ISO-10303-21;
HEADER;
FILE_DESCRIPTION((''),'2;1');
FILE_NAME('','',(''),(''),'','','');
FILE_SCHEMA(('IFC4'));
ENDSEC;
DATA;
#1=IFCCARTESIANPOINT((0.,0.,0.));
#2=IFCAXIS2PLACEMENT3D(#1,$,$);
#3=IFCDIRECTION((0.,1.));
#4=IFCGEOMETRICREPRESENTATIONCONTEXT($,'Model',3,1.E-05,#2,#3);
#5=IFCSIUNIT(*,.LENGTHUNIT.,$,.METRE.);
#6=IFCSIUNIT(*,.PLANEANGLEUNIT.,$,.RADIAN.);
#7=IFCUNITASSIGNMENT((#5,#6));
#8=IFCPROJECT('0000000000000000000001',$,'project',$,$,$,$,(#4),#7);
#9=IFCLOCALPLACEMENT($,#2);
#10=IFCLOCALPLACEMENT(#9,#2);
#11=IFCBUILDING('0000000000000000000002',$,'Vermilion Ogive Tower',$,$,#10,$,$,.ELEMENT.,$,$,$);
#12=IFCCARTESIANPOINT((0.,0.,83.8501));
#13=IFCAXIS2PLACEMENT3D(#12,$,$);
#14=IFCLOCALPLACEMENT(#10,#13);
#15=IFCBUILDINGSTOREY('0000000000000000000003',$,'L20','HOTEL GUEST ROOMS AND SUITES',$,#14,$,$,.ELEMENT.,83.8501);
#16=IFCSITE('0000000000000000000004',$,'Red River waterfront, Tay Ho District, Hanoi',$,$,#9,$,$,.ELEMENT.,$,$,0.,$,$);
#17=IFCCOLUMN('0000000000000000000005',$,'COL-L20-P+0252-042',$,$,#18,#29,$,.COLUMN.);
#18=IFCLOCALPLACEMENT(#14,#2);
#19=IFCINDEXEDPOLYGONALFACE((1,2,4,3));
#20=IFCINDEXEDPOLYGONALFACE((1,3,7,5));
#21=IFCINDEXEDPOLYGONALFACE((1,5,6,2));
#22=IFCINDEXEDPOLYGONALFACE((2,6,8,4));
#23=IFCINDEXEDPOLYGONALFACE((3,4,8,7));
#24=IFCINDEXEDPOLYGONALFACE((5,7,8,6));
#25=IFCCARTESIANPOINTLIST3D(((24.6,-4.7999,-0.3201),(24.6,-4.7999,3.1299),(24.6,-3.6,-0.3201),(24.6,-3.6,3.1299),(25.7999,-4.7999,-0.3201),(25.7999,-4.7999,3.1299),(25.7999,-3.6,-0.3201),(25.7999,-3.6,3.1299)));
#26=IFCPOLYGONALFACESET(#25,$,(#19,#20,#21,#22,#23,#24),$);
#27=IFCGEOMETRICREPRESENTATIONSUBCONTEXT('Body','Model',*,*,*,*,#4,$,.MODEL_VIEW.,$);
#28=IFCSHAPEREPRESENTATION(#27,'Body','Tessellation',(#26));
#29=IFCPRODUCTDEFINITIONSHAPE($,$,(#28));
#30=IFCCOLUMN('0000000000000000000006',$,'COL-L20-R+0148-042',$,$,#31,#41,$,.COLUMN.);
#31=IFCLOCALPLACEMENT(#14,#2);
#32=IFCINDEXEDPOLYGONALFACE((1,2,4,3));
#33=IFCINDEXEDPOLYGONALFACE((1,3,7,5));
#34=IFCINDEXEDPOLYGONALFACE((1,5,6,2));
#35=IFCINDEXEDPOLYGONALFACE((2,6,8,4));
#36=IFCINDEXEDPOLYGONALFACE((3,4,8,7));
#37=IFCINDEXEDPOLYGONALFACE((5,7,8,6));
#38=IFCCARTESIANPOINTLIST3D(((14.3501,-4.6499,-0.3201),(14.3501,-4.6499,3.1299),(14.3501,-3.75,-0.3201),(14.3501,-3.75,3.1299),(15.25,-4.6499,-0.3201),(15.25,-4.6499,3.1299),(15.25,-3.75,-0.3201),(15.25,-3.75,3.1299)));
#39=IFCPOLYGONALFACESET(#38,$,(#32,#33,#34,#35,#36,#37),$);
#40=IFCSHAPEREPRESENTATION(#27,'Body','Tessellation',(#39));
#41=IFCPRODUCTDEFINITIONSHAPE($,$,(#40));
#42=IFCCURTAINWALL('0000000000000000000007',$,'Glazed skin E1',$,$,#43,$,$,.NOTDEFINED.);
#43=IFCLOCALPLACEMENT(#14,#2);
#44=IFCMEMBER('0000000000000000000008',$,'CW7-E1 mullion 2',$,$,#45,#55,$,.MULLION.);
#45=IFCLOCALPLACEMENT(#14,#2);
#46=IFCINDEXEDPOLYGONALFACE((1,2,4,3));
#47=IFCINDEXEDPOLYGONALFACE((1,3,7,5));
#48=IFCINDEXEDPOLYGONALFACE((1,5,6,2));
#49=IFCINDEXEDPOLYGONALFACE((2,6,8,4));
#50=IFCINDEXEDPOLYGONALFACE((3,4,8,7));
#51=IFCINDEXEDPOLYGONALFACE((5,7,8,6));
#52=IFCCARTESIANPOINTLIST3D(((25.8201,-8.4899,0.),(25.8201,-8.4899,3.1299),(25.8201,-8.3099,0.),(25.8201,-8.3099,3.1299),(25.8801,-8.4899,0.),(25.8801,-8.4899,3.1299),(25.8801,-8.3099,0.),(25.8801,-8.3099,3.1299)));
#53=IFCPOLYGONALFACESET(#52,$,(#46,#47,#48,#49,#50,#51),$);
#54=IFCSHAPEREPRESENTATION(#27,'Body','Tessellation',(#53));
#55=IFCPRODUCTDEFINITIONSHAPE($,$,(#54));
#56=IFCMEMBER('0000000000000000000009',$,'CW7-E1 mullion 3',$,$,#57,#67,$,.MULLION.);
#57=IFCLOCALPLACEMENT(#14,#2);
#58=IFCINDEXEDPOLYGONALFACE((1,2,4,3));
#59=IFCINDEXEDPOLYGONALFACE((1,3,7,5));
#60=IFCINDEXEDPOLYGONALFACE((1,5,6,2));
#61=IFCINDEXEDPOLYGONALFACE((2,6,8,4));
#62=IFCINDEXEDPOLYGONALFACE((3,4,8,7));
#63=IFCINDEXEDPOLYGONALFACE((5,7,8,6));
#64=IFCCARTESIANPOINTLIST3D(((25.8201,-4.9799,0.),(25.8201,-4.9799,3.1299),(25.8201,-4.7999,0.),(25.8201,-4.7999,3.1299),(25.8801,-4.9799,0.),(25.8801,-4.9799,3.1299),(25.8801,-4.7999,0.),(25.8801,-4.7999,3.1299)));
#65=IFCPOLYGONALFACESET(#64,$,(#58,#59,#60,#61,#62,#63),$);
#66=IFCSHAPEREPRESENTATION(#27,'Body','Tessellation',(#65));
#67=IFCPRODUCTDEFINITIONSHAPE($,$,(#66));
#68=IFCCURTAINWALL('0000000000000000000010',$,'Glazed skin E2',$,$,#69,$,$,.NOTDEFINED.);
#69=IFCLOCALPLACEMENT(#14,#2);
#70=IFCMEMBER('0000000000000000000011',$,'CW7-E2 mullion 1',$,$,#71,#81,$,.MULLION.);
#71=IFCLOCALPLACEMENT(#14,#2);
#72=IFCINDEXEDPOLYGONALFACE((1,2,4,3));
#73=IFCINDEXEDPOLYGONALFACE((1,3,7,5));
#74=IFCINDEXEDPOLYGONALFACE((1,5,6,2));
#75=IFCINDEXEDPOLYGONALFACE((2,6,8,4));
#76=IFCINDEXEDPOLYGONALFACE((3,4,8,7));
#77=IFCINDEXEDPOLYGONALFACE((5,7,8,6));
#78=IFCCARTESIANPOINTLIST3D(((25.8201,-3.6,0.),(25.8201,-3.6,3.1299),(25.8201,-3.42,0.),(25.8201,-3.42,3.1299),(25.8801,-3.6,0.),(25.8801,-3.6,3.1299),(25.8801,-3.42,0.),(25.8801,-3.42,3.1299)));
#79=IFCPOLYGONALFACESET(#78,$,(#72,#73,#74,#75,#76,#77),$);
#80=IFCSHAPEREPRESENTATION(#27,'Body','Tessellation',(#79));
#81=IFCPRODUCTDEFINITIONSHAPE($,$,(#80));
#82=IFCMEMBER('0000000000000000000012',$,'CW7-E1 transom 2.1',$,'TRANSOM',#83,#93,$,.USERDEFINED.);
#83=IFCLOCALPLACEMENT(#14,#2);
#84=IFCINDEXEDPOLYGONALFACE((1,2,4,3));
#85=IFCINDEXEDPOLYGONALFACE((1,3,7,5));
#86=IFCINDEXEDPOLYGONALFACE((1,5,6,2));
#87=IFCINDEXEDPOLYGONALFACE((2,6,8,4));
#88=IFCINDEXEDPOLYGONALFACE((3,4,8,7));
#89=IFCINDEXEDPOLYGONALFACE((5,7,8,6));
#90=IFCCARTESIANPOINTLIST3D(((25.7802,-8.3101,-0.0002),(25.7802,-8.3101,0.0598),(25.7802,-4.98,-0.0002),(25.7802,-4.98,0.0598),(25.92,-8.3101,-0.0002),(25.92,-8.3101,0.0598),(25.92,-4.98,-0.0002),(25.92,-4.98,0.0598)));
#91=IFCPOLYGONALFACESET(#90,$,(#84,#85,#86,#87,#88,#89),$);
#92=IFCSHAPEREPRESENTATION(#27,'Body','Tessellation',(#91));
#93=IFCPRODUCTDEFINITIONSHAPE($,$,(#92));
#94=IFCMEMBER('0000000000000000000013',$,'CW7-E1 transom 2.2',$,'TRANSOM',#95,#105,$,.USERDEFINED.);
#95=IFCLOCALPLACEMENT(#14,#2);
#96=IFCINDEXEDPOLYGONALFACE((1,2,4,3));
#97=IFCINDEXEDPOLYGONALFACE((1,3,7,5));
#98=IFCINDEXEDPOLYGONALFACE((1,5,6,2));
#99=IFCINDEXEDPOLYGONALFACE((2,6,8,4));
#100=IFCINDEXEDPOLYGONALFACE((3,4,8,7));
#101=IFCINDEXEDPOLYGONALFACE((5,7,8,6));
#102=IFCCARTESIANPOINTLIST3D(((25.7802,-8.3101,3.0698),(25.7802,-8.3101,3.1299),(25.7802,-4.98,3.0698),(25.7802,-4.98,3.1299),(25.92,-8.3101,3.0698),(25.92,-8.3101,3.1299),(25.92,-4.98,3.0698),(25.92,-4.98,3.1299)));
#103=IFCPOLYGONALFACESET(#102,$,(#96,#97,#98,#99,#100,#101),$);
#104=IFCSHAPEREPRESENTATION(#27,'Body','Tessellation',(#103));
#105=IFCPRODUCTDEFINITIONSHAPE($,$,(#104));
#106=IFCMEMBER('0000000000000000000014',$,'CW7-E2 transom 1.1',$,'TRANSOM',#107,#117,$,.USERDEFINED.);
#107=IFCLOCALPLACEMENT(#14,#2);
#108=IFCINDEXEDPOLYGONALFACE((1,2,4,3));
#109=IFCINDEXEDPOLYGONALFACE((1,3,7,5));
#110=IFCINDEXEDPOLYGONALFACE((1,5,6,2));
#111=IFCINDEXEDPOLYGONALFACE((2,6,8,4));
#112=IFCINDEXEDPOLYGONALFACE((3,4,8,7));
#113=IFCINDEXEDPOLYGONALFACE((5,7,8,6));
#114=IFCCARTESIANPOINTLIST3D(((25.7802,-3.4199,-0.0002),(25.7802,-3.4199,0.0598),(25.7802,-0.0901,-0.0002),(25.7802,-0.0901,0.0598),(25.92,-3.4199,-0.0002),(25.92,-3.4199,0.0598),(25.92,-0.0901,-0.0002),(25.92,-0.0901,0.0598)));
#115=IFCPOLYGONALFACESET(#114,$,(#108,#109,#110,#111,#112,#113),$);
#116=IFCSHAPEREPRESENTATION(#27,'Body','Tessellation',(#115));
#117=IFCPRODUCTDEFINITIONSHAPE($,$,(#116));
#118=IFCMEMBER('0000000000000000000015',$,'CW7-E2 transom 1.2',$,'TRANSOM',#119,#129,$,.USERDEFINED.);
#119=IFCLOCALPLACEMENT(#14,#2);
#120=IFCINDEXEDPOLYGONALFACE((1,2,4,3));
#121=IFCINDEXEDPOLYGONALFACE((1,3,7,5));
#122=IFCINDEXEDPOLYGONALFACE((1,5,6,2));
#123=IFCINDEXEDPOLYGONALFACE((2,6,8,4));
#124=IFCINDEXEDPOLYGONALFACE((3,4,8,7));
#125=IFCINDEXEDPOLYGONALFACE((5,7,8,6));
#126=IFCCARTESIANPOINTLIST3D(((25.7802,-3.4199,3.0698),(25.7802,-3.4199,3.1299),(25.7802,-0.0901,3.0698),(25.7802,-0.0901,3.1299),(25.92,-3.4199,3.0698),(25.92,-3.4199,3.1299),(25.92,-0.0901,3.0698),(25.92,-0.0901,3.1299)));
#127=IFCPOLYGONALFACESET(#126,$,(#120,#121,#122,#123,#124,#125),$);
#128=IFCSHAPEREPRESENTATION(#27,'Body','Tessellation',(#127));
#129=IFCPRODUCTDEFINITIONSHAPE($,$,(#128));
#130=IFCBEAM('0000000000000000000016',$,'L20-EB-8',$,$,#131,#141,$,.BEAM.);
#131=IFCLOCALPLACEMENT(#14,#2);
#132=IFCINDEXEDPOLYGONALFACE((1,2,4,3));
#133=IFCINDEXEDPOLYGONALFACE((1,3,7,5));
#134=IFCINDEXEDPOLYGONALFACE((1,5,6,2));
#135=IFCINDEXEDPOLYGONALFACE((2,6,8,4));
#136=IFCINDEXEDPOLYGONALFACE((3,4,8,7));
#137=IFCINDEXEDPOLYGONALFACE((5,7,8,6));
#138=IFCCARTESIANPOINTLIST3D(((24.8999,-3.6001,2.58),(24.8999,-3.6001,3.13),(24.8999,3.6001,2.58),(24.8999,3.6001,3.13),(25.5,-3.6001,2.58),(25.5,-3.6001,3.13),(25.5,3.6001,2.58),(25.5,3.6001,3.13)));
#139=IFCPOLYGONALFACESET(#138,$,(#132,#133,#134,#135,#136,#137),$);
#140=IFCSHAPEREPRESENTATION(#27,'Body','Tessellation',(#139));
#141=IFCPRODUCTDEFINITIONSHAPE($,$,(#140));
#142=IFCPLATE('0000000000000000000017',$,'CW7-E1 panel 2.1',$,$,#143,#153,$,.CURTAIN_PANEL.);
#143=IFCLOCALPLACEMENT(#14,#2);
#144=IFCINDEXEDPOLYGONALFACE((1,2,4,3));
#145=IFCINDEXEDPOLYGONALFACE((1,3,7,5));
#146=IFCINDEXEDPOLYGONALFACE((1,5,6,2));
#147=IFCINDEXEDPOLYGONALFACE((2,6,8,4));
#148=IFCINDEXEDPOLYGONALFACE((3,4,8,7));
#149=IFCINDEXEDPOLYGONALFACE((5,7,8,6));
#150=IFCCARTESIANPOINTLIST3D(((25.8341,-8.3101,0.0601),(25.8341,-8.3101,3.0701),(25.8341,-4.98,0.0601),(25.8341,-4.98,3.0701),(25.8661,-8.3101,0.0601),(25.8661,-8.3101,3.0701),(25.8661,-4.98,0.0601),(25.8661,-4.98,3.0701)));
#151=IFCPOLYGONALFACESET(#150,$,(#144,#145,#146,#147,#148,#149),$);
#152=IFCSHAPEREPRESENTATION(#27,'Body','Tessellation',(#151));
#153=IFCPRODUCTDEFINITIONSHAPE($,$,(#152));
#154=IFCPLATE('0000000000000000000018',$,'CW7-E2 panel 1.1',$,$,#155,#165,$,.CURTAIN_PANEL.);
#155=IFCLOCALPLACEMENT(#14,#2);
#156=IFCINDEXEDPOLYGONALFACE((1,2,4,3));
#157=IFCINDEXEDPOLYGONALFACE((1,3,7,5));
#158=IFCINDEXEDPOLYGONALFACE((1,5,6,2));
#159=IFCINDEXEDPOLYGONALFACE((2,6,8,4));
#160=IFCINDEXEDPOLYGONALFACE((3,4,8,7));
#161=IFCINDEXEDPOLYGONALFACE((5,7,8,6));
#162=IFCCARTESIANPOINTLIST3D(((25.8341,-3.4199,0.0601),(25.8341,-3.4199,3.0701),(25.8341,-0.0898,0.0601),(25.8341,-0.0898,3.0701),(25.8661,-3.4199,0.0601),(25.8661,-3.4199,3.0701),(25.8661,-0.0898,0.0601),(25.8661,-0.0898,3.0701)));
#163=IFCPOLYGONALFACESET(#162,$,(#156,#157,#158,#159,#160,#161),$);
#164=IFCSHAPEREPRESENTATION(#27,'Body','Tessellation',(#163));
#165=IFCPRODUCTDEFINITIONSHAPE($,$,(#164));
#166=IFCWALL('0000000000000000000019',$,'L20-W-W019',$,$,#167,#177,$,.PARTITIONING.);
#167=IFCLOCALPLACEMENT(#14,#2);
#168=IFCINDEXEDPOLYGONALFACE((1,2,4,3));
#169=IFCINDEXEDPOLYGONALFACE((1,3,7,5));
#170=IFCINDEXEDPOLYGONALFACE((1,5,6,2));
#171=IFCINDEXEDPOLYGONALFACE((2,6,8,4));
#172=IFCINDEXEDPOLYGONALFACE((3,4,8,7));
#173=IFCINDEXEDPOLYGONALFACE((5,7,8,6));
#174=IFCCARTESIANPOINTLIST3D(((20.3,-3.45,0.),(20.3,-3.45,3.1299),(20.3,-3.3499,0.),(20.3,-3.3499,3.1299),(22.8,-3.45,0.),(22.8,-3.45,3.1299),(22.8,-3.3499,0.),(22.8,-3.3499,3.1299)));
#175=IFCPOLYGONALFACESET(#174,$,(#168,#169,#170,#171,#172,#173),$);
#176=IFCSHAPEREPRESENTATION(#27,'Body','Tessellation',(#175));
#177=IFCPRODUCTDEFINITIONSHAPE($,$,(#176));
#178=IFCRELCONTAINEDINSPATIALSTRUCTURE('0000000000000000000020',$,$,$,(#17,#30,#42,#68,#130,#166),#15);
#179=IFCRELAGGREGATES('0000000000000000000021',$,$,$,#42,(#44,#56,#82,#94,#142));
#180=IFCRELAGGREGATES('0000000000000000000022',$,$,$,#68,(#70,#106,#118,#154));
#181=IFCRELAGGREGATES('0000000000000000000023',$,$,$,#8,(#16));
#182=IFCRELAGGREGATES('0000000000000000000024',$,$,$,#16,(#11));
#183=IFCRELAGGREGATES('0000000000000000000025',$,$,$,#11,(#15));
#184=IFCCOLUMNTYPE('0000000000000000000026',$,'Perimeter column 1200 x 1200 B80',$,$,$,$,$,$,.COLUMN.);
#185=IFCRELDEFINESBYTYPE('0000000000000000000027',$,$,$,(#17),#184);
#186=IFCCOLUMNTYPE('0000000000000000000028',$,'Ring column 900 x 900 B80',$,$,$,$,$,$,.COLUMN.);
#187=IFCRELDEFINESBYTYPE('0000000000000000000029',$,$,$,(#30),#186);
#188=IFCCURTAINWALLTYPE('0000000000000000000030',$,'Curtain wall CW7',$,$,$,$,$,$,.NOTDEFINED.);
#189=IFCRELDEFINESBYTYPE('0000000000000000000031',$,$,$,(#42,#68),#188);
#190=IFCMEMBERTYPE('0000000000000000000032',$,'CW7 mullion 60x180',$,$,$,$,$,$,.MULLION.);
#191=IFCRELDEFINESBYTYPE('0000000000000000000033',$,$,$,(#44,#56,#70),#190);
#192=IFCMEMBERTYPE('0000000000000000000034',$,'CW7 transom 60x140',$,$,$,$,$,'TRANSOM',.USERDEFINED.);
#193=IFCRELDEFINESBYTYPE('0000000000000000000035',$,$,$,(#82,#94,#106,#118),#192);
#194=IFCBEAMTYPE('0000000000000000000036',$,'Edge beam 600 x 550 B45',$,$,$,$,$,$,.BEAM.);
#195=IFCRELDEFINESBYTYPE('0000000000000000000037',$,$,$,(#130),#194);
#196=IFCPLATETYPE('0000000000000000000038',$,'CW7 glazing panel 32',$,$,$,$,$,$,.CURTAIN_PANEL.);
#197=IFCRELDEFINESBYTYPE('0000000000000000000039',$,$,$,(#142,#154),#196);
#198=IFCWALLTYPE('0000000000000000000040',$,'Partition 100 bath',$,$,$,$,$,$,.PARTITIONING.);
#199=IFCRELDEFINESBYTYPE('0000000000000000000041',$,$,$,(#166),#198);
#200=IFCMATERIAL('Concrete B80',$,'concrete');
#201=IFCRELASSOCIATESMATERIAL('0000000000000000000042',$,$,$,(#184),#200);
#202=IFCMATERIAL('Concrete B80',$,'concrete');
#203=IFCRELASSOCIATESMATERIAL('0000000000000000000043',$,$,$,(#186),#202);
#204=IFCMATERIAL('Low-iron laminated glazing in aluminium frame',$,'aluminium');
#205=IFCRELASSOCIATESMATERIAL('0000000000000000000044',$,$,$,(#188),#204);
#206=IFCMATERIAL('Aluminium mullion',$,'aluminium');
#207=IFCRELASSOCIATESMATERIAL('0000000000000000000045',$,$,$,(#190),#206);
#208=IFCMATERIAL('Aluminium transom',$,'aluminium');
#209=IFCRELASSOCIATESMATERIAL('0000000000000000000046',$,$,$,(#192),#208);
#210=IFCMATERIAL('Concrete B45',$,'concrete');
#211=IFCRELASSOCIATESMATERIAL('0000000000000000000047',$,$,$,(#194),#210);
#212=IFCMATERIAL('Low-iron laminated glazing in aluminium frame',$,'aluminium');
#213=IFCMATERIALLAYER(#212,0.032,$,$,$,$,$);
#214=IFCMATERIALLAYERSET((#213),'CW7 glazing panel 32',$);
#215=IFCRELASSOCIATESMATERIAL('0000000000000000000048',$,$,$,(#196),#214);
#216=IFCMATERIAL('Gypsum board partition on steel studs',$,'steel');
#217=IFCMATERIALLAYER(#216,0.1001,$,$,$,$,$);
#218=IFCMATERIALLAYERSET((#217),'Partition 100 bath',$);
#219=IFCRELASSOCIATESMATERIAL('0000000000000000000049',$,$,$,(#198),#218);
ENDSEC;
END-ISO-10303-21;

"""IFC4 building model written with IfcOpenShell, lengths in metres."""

from ifc_helpers import new_model, si_unit, direction, frame, frame_2d, origin, origin_2d, place, context, subcontext, project, spatial, rectangle, extrude, material, layer, layer_set, material_profile, profile_set, type_object, element, aggregate, save


model = new_model("IFC4")

# Units and contexts
model_context = context("Model", 3, precision=1e-05, world=origin(), true_north=direction((0.0, 1.0)))
body_context = subcontext(model_context, "Body", "Model", "MODEL_VIEW")
ifc_project = project(units=[si_unit("LENGTHUNIT", "METRE"), si_unit("PLANEANGLEUNIT", "RADIAN")], contexts=[model_context])

# Site, building, storey
site_placement = place(None, origin())
site = spatial("IfcSite", under=ifc_project, at=site_placement, Name="Red River waterfront, Tay Ho District, Hanoi", CompositionType="ELEMENT", RefElevation=0.0)
building_placement = place(site_placement, origin())
building = spatial("IfcBuilding", under=site, at=building_placement, Name="Vermilion Ogive Tower", CompositionType="ELEMENT")
storey_placement = place(building_placement, frame((0.0, 0.0, 83.8501)))
storey = spatial("IfcBuildingStorey", under=building, at=storey_placement, Name="L20", Description="HOTEL GUEST ROOMS AND SUITES", CompositionType="ELEMENT", Elevation=83.8501)

# Columns
ifc_material_1 = material(Name="Concrete B80", Category="concrete")
ifc_material_profile_1 = material_profile(ifc_material_1, rectangle(XDim=1.2, YDim=1.2, at=origin_2d()), Name="1200 x 1200")
ifc_profile_set_1 = profile_set([ifc_material_profile_1], Name="Concrete B80")
column_type_1 = type_object("IfcColumnType", Name="Perimeter column 1200 x 1200 B80", PredefinedType="COLUMN", material=ifc_profile_set_1)
column_1_placement = place(storey_placement, frame((25.2, -4.2, -0.3201), z_axis=(0.0, 0.0, 1.0), x_axis=(1.0, 0.0, 0.0)))
element("IfcColumn", 1, at=column_1_placement, inside=storey, type_object=column_type_1, Name="COL-L20-P+0252-042", PredefinedType="COLUMN", context=body_context, shape_type="SweptSolid", body=[
    extrude(rectangle(XDim=1.2, YDim=1.2, at=origin_2d()), origin(), (0.0, 0.0, 1.0), 3.45),
])
ifc_material_2 = material(Name="Concrete B80", Category="concrete")
ifc_material_profile_2 = material_profile(ifc_material_2, rectangle(XDim=0.8999, YDim=0.8999, at=origin_2d()), Name="900 x 900")
ifc_profile_set_2 = profile_set([ifc_material_profile_2], Name="Concrete B80")
column_type_2 = type_object("IfcColumnType", Name="Ring column 900 x 900 B80", PredefinedType="COLUMN", material=ifc_profile_set_2)
column_2_placement = place(storey_placement, frame((14.8, -4.2, -0.3201), z_axis=(0.0, 0.0, 1.0), x_axis=(1.0, 0.0, 0.0)))
element("IfcColumn", 2, at=column_2_placement, inside=storey, type_object=column_type_2, Name="COL-L20-R+0148-042", PredefinedType="COLUMN", context=body_context, shape_type="SweptSolid", body=[
    extrude(rectangle(XDim=0.8999, YDim=0.8999, at=origin_2d()), origin(), (0.0, 0.0, 1.0), 3.45),
])

# Curtain wall, members
ifc_material_3 = material(Name="Low-iron laminated glazing in aluminium frame", Category="aluminium")
curtain_wall_type = type_object("IfcCurtainWallType", Name="Curtain wall CW7", PredefinedType="NOTDEFINED", material=ifc_material_3)
curtain_wall_1_placement = place(storey_placement, origin())
curtain_wall_1 = element("IfcCurtainWall", 3, at=curtain_wall_1_placement, inside=storey, type_object=curtain_wall_type, Name="Glazed skin E1", PredefinedType="NOTDEFINED")
ifc_material_4 = material(Name="Aluminium mullion", Category="aluminium")
ifc_material_profile_3 = material_profile(ifc_material_4, rectangle(XDim=0.0601, YDim=0.1799, at=origin_2d()), Name="AL 60x180")
ifc_profile_set_3 = profile_set([ifc_material_profile_3], Name="Aluminium mullion")
member_type_1 = type_object("IfcMemberType", Name="CW7 mullion 60x180", PredefinedType="MULLION", material=ifc_profile_set_3)
member_1_placement = place(storey_placement, frame((25.8501, -8.3999, 0.0), z_axis=(0.0, 0.0, 1.0), x_axis=(-1.0, 0.0, 0.0)))
member_1 = element("IfcMember", 4, at=member_1_placement, type_object=member_type_1, Name="CW7-E1 mullion 2", PredefinedType="MULLION", context=body_context, shape_type="SweptSolid", body=[
    extrude(rectangle(XDim=0.0601, YDim=0.1799, at=origin_2d()), origin(), (0.0, 0.0, 1.0), 3.1299),
])
member_2_placement = place(storey_placement, frame((25.8501, -4.8899, 0.0), z_axis=(0.0, 0.0, 1.0), x_axis=(-1.0, 0.0, 0.0)))
member_2 = element("IfcMember", 5, at=member_2_placement, type_object=member_type_1, Name="CW7-E1 mullion 3", PredefinedType="MULLION", context=body_context, shape_type="SweptSolid", body=[
    extrude(rectangle(XDim=0.0601, YDim=0.1799, at=origin_2d()), origin(), (0.0, 0.0, 1.0), 3.1299),
])

# Curtain wall, member
curtain_wall_2_placement = place(storey_placement, origin())
curtain_wall_2 = element("IfcCurtainWall", 6, at=curtain_wall_2_placement, inside=storey, type_object=curtain_wall_type, Name="Glazed skin E2", PredefinedType="NOTDEFINED")
member_3_placement = place(storey_placement, frame((25.8501, -3.51, 0.0), z_axis=(0.0, 0.0, 1.0), x_axis=(-1.0, 0.0, 0.0)))
member_3 = element("IfcMember", 7, at=member_3_placement, type_object=member_type_1, Name="CW7-E2 mullion 1", PredefinedType="MULLION", context=body_context, shape_type="SweptSolid", body=[
    extrude(rectangle(XDim=0.0601, YDim=0.1799, at=origin_2d()), origin(), (0.0, 0.0, 1.0), 3.1299),
])

# Members
ifc_material_5 = material(Name="Aluminium transom", Category="aluminium")
ifc_material_profile_4 = material_profile(ifc_material_5, rectangle(XDim=0.1399, YDim=0.0601, at=origin_2d()), Name="AL 60x140")
ifc_profile_set_4 = profile_set([ifc_material_profile_4], Name="Aluminium transom")
member_type_2 = type_object("IfcMemberType", Name="CW7 transom 60x140", ElementType="TRANSOM", PredefinedType="USERDEFINED", material=ifc_profile_set_4)
member_4_placement = place(storey_placement, frame((25.8501, -8.3101, 0.0298), z_axis=(0.0, 1.0, 0.0), x_axis=(-1.0, 0.0, 0.0)))
member_4 = element("IfcMember", 8, at=member_4_placement, type_object=member_type_2, Name="CW7-E1 transom 2.1", ObjectType="TRANSOM", PredefinedType="USERDEFINED", context=body_context, shape_type="SweptSolid", body=[
    extrude(rectangle(XDim=0.1399, YDim=0.0601, at=origin_2d()), origin(), (0.0, 0.0, 1.0), 3.3301),
])
member_5_placement = place(storey_placement, frame((25.8501, -8.3101, 3.0999), z_axis=(0.0, 1.0, 0.0), x_axis=(-1.0, 0.0, 0.0)))
member_5 = element("IfcMember", 9, at=member_5_placement, type_object=member_type_2, Name="CW7-E1 transom 2.2", ObjectType="TRANSOM", PredefinedType="USERDEFINED", context=body_context, shape_type="SweptSolid", body=[
    extrude(rectangle(XDim=0.1399, YDim=0.0601, at=origin_2d()), origin(), (0.0, 0.0, 1.0), 3.3301),
])
member_6_placement = place(storey_placement, frame((25.8501, -3.4199, 0.0298), z_axis=(0.0, 1.0, 0.0), x_axis=(-1.0, 0.0, 0.0)))
member_6 = element("IfcMember", 10, at=member_6_placement, type_object=member_type_2, Name="CW7-E2 transom 1.1", ObjectType="TRANSOM", PredefinedType="USERDEFINED", context=body_context, shape_type="SweptSolid", body=[
    extrude(rectangle(XDim=0.1399, YDim=0.0601, at=origin_2d()), origin(), (0.0, 0.0, 1.0), 3.3298),
])
member_7_placement = place(storey_placement, frame((25.8501, -3.4199, 3.0999), z_axis=(0.0, 1.0, 0.0), x_axis=(-1.0, 0.0, 0.0)))
member_7 = element("IfcMember", 11, at=member_7_placement, type_object=member_type_2, Name="CW7-E2 transom 1.2", ObjectType="TRANSOM", PredefinedType="USERDEFINED", context=body_context, shape_type="SweptSolid", body=[
    extrude(rectangle(XDim=0.1399, YDim=0.0601, at=origin_2d()), origin(), (0.0, 0.0, 1.0), 3.3298),
])

# Beam
ifc_material_6 = material(Name="Concrete B45", Category="concrete")
ifc_material_profile_5 = material_profile(ifc_material_6, rectangle(XDim=0.6001, YDim=0.55, at=origin_2d()), Name="600 x 550")
ifc_profile_set_5 = profile_set([ifc_material_profile_5], Name="Concrete B45")
beam_type = type_object("IfcBeamType", Name="Edge beam 600 x 550 B45", PredefinedType="BEAM", material=ifc_profile_set_5)
beam_placement = place(storey_placement, frame((25.2, -3.6001, 2.855), z_axis=(0.0, 1.0, 0.0), x_axis=(-1.0, 0.0, 0.0)))
element("IfcBeam", 12, at=beam_placement, inside=storey, type_object=beam_type, Name="L20-EB-8", PredefinedType="BEAM", context=body_context, shape_type="SweptSolid", body=[
    extrude(rectangle(XDim=0.6001, YDim=0.55, at=origin_2d()), origin(), (0.0, 0.0, 1.0), 7.2002),
])

# Plates
ifc_material_7 = material(Name="Low-iron laminated glazing in aluminium frame", Category="aluminium")
ifc_layer_1 = layer(ifc_material_7, 0.032)
ifc_layer_set_1 = layer_set([ifc_layer_1], Name="CW7 glazing panel 32")
plate_type = type_object("IfcPlateType", Name="CW7 glazing panel 32", PredefinedType="CURTAIN_PANEL", material=ifc_layer_set_1)
plate_1_placement = place(storey_placement, frame((25.8501, -6.645, 0.0601), z_axis=(0.0, 0.0, 1.0), x_axis=(0.0, 1.0, 0.0)))
plate_1 = element("IfcPlate", 13, at=plate_1_placement, type_object=plate_type, Name="CW7-E1 panel 2.1", PredefinedType="CURTAIN_PANEL", context=body_context, shape_type="SweptSolid", body=[
    extrude(rectangle(XDim=3.3301, YDim=0.032, at=origin_2d()), origin(), (0.0, 0.0, 1.0), 3.01),
])
aggregate(curtain_wall_1, [member_1, member_2, member_4, member_5, plate_1])
plate_2_placement = place(storey_placement, frame((25.8501, -1.7549, 0.0601), z_axis=(0.0, 0.0, 1.0), x_axis=(0.0, 1.0, 0.0)))
plate_2 = element("IfcPlate", 14, at=plate_2_placement, type_object=plate_type, Name="CW7-E2 panel 1.1", PredefinedType="CURTAIN_PANEL", context=body_context, shape_type="SweptSolid", body=[
    extrude(rectangle(XDim=3.3301, YDim=0.032, at=origin_2d()), origin(), (0.0, 0.0, 1.0), 3.01),
])
aggregate(curtain_wall_2, [member_3, member_6, member_7, plate_2])

# Wall
ifc_material_8 = material(Name="Gypsum board partition on steel studs", Category="steel")
ifc_layer_2 = layer(ifc_material_8, 0.1001)
ifc_layer_set_2 = layer_set([ifc_layer_2], Name="Partition 100 bath")
wall_type_1 = type_object("IfcWallType", Name="Partition 100 bath", PredefinedType="PARTITIONING", material=ifc_layer_set_2)
wall_1_placement = place(storey_placement, frame((20.3, -3.3999, 0.0), z_axis=(0.0, 0.0, 1.0), x_axis=(1.0, 0.0, 0.0)))
element("IfcWall", 15, at=wall_1_placement, inside=storey, type_object=wall_type_1, Name="L20-W-W019", PredefinedType="PARTITIONING", context=body_context, shape_type="SweptSolid", body=[
    extrude(rectangle(XDim=2.5, YDim=0.1001, at=frame_2d((1.25, 0.0))), origin(), (0.0, 0.0, 1.0), 3.1299),
])

save(model, "model.ifc")
